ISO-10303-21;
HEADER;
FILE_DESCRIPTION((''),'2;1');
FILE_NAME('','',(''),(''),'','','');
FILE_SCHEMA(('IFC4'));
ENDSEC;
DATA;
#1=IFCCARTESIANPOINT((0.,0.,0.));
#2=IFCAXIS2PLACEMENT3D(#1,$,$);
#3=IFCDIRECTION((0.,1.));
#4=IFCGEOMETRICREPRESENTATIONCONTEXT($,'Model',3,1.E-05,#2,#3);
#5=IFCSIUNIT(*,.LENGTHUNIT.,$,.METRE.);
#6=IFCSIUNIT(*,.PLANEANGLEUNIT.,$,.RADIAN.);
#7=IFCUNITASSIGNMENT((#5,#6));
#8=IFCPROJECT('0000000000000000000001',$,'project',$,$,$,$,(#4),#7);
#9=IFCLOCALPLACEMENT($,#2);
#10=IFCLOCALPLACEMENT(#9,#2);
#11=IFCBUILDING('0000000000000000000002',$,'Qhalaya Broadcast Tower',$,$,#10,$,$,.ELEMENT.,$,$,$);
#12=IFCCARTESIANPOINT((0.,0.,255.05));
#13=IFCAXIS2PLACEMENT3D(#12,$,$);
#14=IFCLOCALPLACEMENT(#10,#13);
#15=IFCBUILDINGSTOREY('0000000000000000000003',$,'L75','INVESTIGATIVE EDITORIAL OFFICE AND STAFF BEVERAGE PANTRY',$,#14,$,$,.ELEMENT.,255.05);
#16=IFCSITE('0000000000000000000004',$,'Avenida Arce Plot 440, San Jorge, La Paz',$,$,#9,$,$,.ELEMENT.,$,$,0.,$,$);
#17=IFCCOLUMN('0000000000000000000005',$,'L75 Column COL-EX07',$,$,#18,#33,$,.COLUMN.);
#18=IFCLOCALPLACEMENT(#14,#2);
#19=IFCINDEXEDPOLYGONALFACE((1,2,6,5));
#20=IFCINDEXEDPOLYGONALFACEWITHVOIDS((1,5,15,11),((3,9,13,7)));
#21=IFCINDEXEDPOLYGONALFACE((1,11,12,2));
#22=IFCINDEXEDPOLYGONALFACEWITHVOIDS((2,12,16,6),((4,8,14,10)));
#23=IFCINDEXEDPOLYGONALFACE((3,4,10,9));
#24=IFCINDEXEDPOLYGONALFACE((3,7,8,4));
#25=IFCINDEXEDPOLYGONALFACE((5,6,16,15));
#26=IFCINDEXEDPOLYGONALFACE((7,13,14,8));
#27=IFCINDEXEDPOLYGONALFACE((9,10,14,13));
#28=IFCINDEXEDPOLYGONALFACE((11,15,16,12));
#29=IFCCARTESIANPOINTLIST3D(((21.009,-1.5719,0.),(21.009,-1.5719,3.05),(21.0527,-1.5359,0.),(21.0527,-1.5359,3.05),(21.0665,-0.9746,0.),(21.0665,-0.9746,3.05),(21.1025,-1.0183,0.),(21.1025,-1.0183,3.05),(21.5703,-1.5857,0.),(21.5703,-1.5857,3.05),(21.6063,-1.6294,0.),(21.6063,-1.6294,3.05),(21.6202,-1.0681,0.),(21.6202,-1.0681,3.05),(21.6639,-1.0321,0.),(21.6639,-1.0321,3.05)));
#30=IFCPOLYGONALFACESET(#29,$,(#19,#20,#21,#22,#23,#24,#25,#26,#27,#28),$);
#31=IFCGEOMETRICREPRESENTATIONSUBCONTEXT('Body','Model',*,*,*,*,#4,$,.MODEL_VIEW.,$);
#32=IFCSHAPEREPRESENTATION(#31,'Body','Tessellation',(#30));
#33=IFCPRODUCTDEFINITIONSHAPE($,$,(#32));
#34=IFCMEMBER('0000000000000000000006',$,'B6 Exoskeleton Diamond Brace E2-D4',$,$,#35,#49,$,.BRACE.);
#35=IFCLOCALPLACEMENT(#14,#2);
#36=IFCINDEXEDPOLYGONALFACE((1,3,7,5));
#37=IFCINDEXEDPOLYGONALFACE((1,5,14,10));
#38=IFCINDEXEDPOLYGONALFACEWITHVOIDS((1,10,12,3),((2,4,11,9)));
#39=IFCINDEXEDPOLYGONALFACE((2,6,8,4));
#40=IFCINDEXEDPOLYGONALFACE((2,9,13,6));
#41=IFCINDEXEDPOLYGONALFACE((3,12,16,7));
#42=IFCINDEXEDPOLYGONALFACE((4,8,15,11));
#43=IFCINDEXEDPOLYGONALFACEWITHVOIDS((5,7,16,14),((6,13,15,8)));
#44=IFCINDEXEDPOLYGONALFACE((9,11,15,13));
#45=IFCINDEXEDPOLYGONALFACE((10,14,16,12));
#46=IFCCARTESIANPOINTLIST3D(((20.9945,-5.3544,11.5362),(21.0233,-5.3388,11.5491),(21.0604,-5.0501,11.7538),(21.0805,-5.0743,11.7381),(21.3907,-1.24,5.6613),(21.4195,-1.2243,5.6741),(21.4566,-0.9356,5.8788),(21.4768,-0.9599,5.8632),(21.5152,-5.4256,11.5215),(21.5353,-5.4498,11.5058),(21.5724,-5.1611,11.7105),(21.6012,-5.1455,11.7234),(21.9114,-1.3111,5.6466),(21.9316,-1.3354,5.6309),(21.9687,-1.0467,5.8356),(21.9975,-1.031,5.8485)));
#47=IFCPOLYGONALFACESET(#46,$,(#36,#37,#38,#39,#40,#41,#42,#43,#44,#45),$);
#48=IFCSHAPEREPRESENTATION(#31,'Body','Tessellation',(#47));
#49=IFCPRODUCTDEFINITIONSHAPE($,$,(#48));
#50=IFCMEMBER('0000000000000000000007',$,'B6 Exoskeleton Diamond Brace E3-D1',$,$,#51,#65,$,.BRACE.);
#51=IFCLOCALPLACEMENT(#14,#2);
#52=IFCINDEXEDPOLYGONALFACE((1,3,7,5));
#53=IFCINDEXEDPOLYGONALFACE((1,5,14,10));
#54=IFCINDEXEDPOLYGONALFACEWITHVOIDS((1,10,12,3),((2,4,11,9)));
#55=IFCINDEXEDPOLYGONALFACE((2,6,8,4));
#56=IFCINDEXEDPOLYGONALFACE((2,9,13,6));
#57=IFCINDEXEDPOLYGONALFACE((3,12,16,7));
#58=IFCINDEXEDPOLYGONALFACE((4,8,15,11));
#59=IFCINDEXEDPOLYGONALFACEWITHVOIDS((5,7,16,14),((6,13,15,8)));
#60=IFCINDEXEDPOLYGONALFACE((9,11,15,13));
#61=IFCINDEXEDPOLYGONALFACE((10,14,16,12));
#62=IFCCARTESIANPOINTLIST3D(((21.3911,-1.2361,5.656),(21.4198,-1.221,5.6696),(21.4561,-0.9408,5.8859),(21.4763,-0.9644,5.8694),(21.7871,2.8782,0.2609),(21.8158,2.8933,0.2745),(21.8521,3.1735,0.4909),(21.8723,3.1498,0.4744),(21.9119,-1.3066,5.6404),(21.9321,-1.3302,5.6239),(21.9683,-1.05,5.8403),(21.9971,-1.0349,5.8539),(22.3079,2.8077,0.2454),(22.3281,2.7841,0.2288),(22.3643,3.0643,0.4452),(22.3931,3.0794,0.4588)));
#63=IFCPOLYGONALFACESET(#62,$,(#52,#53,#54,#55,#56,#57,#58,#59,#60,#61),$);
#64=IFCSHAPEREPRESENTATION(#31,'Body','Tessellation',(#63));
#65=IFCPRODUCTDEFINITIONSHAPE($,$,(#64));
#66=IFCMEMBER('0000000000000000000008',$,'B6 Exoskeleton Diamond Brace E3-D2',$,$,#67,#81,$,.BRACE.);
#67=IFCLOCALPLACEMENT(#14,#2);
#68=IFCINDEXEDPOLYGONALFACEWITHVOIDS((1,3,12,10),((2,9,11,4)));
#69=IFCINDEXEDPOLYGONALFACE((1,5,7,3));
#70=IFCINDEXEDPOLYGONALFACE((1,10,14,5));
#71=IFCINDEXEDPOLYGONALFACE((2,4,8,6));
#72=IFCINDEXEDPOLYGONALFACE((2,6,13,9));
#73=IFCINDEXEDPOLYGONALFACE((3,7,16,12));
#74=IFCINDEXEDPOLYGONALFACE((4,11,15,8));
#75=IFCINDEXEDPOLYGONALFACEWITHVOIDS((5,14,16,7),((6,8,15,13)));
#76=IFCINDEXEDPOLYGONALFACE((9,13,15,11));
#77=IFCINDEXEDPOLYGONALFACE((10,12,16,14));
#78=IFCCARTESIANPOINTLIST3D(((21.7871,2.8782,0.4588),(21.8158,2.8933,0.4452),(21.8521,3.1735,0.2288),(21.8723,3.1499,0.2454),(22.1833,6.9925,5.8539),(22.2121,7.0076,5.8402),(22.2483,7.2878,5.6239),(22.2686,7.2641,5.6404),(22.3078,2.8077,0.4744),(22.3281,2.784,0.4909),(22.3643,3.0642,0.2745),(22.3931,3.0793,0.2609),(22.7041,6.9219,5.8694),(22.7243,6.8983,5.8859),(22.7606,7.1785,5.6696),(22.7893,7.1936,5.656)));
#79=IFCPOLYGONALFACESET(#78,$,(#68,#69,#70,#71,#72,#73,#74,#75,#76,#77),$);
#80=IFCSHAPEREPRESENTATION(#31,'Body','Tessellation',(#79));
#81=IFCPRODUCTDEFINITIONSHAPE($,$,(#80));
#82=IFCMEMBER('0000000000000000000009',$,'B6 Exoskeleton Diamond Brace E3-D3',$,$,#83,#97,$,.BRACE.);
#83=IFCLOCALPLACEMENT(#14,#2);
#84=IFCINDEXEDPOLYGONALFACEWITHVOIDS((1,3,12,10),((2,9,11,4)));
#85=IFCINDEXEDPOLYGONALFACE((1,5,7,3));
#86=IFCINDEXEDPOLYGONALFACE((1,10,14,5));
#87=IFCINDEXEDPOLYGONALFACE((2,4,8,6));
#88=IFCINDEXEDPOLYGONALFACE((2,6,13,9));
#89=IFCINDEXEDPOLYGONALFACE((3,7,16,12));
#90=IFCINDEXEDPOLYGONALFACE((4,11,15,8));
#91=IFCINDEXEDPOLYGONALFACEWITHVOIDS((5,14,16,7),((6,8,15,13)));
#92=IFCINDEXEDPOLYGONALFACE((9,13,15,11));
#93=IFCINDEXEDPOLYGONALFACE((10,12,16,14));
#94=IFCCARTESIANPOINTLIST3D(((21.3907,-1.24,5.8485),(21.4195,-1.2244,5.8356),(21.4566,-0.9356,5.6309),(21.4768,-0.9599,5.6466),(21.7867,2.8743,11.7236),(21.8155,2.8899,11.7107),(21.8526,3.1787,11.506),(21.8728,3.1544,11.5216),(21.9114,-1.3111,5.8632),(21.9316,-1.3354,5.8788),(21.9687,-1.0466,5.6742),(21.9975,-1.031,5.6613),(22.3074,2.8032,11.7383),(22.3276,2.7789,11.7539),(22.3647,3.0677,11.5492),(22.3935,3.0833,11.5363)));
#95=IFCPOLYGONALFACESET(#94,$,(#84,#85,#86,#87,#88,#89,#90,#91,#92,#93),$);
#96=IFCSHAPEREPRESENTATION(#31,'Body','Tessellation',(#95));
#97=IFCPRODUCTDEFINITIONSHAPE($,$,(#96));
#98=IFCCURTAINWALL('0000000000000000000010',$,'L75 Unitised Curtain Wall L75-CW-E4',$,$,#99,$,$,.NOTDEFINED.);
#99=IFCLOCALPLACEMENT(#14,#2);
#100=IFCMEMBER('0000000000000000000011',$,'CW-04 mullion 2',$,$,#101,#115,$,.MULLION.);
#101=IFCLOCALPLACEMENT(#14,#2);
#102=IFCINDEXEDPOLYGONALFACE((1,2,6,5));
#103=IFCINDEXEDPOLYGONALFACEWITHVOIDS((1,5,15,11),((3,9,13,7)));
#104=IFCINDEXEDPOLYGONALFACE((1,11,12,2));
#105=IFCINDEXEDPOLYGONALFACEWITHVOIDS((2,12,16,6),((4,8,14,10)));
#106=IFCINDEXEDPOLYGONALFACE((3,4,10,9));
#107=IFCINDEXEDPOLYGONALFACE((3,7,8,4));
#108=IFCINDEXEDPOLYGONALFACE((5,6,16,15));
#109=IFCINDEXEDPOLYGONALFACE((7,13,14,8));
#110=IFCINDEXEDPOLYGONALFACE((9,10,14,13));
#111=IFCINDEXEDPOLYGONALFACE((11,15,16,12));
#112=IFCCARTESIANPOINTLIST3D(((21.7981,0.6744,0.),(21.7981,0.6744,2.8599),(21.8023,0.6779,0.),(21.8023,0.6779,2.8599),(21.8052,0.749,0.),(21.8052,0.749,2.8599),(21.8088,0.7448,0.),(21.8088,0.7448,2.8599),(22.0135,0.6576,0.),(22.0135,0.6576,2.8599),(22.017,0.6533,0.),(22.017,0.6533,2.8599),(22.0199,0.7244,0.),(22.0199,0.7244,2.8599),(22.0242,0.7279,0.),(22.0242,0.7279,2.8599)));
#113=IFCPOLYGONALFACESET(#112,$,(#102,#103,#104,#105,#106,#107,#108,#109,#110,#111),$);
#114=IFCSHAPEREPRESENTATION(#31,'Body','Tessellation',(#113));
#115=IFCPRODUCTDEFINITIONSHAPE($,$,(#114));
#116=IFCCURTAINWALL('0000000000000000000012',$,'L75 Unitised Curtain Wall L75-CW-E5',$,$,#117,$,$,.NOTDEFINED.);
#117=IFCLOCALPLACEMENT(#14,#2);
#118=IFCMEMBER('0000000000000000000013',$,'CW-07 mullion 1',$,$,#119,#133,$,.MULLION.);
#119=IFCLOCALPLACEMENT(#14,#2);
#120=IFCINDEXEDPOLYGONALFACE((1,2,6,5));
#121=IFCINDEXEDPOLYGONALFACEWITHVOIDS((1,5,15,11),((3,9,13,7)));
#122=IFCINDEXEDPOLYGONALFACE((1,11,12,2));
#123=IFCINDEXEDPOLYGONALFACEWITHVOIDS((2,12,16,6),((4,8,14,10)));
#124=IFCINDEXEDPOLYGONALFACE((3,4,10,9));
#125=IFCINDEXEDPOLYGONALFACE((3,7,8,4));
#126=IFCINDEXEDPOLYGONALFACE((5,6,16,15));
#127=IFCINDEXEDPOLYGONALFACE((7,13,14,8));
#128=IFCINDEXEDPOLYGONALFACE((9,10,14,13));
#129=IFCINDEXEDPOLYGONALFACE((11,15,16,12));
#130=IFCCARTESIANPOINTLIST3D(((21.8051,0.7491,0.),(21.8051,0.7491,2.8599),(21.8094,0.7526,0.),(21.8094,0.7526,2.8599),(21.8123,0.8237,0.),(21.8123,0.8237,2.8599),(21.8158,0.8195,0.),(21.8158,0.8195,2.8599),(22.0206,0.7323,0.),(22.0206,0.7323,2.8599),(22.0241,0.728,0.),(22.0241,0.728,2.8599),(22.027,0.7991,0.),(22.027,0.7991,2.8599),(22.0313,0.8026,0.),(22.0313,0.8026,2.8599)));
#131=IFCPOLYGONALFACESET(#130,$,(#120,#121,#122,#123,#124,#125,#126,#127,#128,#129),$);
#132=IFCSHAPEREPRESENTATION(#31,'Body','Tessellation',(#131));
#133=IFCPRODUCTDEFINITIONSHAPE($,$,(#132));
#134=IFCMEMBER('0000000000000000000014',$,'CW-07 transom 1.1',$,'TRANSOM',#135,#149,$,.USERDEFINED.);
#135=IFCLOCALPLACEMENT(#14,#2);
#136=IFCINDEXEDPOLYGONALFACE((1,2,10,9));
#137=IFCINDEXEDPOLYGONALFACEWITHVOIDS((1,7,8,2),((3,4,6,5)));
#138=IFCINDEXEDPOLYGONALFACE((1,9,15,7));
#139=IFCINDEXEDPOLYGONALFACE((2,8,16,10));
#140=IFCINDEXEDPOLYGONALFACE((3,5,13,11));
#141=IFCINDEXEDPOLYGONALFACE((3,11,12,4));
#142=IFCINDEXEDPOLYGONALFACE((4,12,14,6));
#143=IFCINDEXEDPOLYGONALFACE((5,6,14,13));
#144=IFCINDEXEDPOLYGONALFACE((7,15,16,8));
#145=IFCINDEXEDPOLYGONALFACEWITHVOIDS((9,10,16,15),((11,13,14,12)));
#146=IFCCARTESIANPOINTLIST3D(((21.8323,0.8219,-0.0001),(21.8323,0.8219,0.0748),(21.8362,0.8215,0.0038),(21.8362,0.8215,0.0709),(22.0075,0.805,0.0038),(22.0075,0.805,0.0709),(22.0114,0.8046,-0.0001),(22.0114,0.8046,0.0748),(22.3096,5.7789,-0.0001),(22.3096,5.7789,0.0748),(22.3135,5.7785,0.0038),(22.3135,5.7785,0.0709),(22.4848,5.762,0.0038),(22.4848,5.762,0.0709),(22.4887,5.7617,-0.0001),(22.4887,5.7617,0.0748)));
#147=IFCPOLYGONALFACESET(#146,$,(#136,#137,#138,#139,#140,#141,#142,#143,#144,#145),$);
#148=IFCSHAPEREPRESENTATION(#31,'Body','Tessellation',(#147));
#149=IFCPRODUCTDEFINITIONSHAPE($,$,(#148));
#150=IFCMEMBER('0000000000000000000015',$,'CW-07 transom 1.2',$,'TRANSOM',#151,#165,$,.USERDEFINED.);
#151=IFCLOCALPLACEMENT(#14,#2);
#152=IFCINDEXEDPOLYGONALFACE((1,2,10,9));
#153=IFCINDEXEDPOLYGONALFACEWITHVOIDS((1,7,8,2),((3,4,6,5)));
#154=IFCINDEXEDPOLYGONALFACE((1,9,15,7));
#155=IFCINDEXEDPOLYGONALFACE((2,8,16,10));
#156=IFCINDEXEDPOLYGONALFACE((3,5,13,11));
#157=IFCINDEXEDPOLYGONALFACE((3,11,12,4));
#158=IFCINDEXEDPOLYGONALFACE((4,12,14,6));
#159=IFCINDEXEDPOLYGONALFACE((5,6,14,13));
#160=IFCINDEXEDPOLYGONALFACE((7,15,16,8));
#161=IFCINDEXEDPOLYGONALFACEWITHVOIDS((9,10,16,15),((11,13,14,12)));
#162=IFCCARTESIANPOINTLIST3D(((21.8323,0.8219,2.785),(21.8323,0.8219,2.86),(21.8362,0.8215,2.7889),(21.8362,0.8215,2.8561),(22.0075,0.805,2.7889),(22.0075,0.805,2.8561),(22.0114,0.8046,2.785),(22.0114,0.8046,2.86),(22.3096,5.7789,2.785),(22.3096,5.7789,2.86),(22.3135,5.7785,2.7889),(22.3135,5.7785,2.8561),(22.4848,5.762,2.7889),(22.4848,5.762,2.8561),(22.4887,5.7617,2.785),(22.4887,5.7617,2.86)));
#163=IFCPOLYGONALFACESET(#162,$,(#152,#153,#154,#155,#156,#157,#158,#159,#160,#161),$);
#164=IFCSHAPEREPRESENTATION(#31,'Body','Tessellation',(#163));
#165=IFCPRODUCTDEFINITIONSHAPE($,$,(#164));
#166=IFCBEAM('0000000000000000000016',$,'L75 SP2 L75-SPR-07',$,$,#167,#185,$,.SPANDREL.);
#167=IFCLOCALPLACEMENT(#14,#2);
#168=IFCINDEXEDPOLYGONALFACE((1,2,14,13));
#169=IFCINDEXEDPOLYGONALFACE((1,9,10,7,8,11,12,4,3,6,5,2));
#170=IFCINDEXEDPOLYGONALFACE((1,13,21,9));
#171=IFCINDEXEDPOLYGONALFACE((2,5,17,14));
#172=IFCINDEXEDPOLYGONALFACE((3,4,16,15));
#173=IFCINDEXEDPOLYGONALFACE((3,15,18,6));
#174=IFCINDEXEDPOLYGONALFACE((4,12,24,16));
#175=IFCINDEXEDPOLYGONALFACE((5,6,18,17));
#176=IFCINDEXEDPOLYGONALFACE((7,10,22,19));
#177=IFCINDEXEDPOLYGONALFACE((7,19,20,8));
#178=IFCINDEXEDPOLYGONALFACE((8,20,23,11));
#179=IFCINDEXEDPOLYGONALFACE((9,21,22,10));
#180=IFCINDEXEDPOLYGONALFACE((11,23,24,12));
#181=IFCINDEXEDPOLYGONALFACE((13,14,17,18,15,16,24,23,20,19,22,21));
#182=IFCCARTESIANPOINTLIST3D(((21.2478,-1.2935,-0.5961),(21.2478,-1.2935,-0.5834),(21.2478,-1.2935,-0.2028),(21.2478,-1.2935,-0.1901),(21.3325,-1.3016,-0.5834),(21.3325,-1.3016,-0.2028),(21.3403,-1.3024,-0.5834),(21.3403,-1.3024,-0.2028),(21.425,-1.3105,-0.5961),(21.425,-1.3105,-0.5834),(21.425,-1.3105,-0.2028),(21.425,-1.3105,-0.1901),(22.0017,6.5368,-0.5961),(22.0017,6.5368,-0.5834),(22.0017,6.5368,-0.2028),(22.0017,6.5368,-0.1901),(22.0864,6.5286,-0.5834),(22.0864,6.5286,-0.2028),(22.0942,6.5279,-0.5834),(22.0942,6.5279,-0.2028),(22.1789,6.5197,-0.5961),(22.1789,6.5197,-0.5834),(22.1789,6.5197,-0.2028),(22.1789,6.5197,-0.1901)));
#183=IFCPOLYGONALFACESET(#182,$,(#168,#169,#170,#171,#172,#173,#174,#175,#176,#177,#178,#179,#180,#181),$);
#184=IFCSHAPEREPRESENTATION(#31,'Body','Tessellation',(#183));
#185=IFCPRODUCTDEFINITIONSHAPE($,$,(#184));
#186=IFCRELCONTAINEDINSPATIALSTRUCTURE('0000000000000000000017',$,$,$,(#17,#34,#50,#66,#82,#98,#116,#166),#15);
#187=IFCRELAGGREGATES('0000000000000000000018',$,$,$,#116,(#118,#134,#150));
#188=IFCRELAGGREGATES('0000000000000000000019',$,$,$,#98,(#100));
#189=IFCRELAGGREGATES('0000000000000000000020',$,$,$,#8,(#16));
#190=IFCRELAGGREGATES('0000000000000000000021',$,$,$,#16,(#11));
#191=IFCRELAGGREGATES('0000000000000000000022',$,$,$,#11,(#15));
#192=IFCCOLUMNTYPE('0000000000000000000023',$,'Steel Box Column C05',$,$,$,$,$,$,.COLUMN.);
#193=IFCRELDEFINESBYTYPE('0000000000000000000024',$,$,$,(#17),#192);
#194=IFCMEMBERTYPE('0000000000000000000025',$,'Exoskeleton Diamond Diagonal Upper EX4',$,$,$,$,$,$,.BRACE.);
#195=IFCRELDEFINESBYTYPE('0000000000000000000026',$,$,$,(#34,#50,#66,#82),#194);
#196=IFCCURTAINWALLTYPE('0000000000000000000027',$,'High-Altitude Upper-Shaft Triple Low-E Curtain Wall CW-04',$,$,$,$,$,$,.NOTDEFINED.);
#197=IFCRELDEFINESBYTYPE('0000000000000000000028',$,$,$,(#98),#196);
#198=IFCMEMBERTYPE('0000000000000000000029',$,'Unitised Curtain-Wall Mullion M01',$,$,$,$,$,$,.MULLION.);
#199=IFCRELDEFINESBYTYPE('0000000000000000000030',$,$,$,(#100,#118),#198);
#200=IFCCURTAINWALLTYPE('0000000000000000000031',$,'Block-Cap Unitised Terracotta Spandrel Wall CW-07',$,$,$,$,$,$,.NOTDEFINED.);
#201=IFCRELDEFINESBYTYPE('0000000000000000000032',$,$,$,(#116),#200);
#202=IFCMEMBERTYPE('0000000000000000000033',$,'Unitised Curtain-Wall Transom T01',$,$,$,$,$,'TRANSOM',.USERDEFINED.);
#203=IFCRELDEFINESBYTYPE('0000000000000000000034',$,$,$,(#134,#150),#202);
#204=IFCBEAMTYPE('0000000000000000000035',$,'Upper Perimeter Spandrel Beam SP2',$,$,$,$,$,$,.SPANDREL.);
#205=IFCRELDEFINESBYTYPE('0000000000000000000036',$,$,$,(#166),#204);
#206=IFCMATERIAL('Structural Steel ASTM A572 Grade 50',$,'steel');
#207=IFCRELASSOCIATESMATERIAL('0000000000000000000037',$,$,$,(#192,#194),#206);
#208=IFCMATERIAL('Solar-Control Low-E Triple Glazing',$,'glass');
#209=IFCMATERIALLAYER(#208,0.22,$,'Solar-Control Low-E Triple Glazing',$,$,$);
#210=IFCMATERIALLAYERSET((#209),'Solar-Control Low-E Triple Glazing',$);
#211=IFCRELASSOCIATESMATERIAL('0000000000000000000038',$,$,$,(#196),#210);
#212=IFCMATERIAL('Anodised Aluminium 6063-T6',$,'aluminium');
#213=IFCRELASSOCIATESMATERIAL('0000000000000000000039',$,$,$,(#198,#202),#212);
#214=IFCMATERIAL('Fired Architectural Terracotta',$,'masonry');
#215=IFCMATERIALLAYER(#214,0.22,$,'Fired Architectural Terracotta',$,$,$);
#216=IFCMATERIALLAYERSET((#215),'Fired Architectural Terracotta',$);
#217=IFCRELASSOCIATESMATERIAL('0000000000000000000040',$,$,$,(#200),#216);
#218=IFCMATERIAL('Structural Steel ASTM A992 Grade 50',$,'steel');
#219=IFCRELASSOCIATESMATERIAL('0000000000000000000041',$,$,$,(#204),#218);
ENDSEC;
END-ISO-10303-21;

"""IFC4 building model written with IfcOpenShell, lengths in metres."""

from ifc_helpers import new_model, si_unit, direction, frame, origin, origin_2d, place, context, subcontext, project, spatial, hollow_rectangle, i_section, extrude, material, layer, layer_set, material_profile, profile_set, type_object, element, aggregate, save


model = new_model("IFC4")

# Units and contexts
model_context = context("Model", 3, precision=1e-05, world=origin(), true_north=direction((0.0, 1.0)))
body_context = subcontext(model_context, "Body", "Model", "MODEL_VIEW")
ifc_project = project(units=[si_unit("LENGTHUNIT", "METRE"), si_unit("PLANEANGLEUNIT", "RADIAN")], contexts=[model_context])

# Site, building, storey
site_placement = place(None, origin())
site = spatial("IfcSite", under=ifc_project, at=site_placement, Name="Avenida Arce Plot 440, San Jorge, La Paz", CompositionType="ELEMENT", RefElevation=0.0)
building_placement = place(site_placement, origin())
building = spatial("IfcBuilding", under=site, at=building_placement, Name="Qhalaya Broadcast Tower", CompositionType="ELEMENT")
storey_placement = place(building_placement, frame((0.0, 0.0, 255.05)))
storey = spatial("IfcBuildingStorey", under=building, at=storey_placement, Name="L75", Description="INVESTIGATIVE EDITORIAL OFFICE AND STAFF BEVERAGE PANTRY", CompositionType="ELEMENT", Elevation=255.05)

# Column
ifc_material_1 = material(Name="Structural Steel ASTM A572 Grade 50", Category="steel")
ifc_material_profile_1 = material_profile(ifc_material_1, hollow_rectangle(XDim=0.6001, YDim=0.6001, WallThickness=0.04, at=origin_2d()), Name="BOX 600x600x40")
ifc_profile_set_1 = profile_set([ifc_material_profile_1], Name="Structural Steel ASTM A572 Grade 50")
column_type = type_object("IfcColumnType", Name="Steel Box Column C05", PredefinedType="COLUMN", material=ifc_profile_set_1)
column_placement = place(storey_placement, frame((21.3364, -1.302, 0.0), z_axis=(0.0, 0.0, 1.0), x_axis=(0.095846, 0.995396, 0.0)))
element("IfcColumn", 1, at=column_placement, inside=storey, type_object=column_type, Name="L75 Column COL-EX07", PredefinedType="COLUMN", context=body_context, shape_type="SweptSolid", body=[
    extrude(hollow_rectangle(XDim=0.6001, YDim=0.6001, WallThickness=0.04, at=origin_2d()), origin(), (0.0, 0.0, 1.0), 3.05),
])

# Members
ifc_material_profile_2 = material_profile(ifc_material_1, hollow_rectangle(XDim=0.3799, YDim=0.55, WallThickness=0.0249, at=origin_2d()), Name="BOX 380x550x25")
ifc_profile_set_2 = profile_set([ifc_material_profile_2], Name="Structural Steel ASTM A572 Grade 50")
member_type_1 = type_object("IfcMemberType", Name="Exoskeleton Diamond Diagonal Upper EX4", PredefinedType="BRACE", material=ifc_profile_set_2)
member_1_placement = place(storey_placement, frame((21.6941, -1.1355, 5.7549), z_axis=(-0.05516, -0.572776, 0.817854), x_axis=(0.173443, 0.801152, 0.572777)))
element("IfcMember", 2, at=member_1_placement, inside=storey, type_object=member_type_1, Name="B6 Exoskeleton Diamond Brace E2-D4", PredefinedType="BRACE", context=body_context, shape_type="SweptSolid", body=[
    extrude(hollow_rectangle(XDim=0.3799, YDim=0.55, WallThickness=0.0249, at=origin_2d()), origin(), (0.0, 0.0, 1.0), 7.1833),
])
for number, where, z_axis, x_axis, name in (
    (3, (22.0901, 2.9788, 0.3599), (-0.058266, -0.605364, 0.793813), (0.171108, 0.777341, 0.605362), "B6 Exoskeleton Diamond Brace E3-D1"),
    (4, (22.0901, 2.9788, 0.3599), (0.058302, 0.605363, 0.793811), (-0.171153, -0.777329, 0.605364), "B6 Exoskeleton Diamond Brace E3-D2"),
):
    element("IfcMember", number, at=place(storey_placement, frame(where, z_axis=z_axis, x_axis=x_axis)), inside=storey, type_object=member_type_1, Name=name, PredefinedType="BRACE", context=body_context, shape_type="SweptSolid", body=[
        extrude(hollow_rectangle(XDim=0.3799, YDim=0.55, WallThickness=0.0249, at=origin_2d()), origin(), (0.0, 0.0, 1.0), 6.7964),
    ])
member_2_placement = place(storey_placement, frame((21.6941, -1.1355, 5.7549), z_axis=(0.055127, 0.572755, 0.817871), x_axis=(-0.173402, -0.801178, 0.572752)))
element("IfcMember", 5, at=member_2_placement, inside=storey, type_object=member_type_1, Name="B6 Exoskeleton Diamond Brace E3-D3", PredefinedType="BRACE", context=body_context, shape_type="SweptSolid", body=[
    extrude(hollow_rectangle(XDim=0.3799, YDim=0.55, WallThickness=0.0249, at=origin_2d()), origin(), (0.0, 0.0, 1.0), 7.1833),
])

# Curtain wall, member
ifc_material_2 = material(Name="Solar-Control Low-E Triple Glazing", Category="glass")
ifc_layer_1 = layer(ifc_material_2, 0.22, Name="Solar-Control Low-E Triple Glazing")
ifc_layer_set_1 = layer_set([ifc_layer_1], Name="Solar-Control Low-E Triple Glazing")
curtain_wall_type_1 = type_object("IfcCurtainWallType", Name="High-Altitude Upper-Shaft Triple Low-E Curtain Wall CW-04", PredefinedType="NOTDEFINED", material=ifc_layer_set_1)
curtain_wall_1_placement = place(storey_placement, origin())
curtain_wall_1 = element("IfcCurtainWall", 6, at=curtain_wall_1_placement, inside=storey, type_object=curtain_wall_type_1, Name="L75 Unitised Curtain Wall L75-CW-E4", PredefinedType="NOTDEFINED")
ifc_material_3 = material(Name="Anodised Aluminium 6063-T6", Category="aluminium")
ifc_material_profile_3 = material_profile(ifc_material_3, hollow_rectangle(XDim=0.075, YDim=0.22, WallThickness=0.0039, at=origin_2d()), Name="ALU-MUL 75x220x4")
ifc_profile_set_3 = profile_set([ifc_material_profile_3], Name="Anodised Aluminium 6063-T6")
member_type_2 = type_object("IfcMemberType", Name="Unitised Curtain-Wall Mullion M01", PredefinedType="MULLION", material=ifc_profile_set_3)
member_3_placement = place(storey_placement, frame((21.9111, 0.7012, 0.0), z_axis=(0.0, 0.0, 1.0), x_axis=(0.09584, 0.995397, 0.0)))
member_3 = element("IfcMember", 7, at=member_3_placement, type_object=member_type_2, Name="CW-04 mullion 2", PredefinedType="MULLION", context=body_context, shape_type="SweptSolid", body=[
    extrude(hollow_rectangle(XDim=0.075, YDim=0.22, WallThickness=0.0039, at=origin_2d()), origin(), (0.0, 0.0, 1.0), 2.8599),
])

# Curtain wall, members
ifc_material_4 = material(Name="Fired Architectural Terracotta", Category="masonry")
ifc_layer_2 = layer(ifc_material_4, 0.22, Name="Fired Architectural Terracotta")
ifc_layer_set_2 = layer_set([ifc_layer_2], Name="Fired Architectural Terracotta")
curtain_wall_type_2 = type_object("IfcCurtainWallType", Name="Block-Cap Unitised Terracotta Spandrel Wall CW-07", PredefinedType="NOTDEFINED", material=ifc_layer_set_2)
curtain_wall_2_placement = place(storey_placement, origin())
curtain_wall_2 = element("IfcCurtainWall", 8, at=curtain_wall_2_placement, inside=storey, type_object=curtain_wall_type_2, Name="L75 Unitised Curtain Wall L75-CW-E5", PredefinedType="NOTDEFINED")
member_4_placement = place(storey_placement, frame((21.9182, 0.7759, 0.0), z_axis=(0.0, 0.0, 1.0), x_axis=(0.095848, 0.995396, 0.0)))
member_4 = element("IfcMember", 9, at=member_4_placement, type_object=member_type_2, Name="CW-07 mullion 1", PredefinedType="MULLION", context=body_context, shape_type="SweptSolid", body=[
    extrude(hollow_rectangle(XDim=0.075, YDim=0.22, WallThickness=0.0039, at=origin_2d()), origin(), (0.0, 0.0, 1.0), 2.8599),
])
ifc_material_profile_4 = material_profile(ifc_material_3, hollow_rectangle(XDim=0.075, YDim=0.1799, WallThickness=0.0039, at=origin_2d()), Name="ALU-TRN 75x180x4")
ifc_profile_set_4 = profile_set([ifc_material_profile_4], Name="Anodised Aluminium 6063-T6")
member_type_3 = type_object("IfcMemberType", Name="Unitised Curtain-Wall Transom T01", ElementType="TRANSOM", PredefinedType="USERDEFINED", material=ifc_profile_set_4)
member_5_placement = place(storey_placement, frame((21.9219, 0.8132, 0.0374), z_axis=(0.095843, 0.995396, 0.0), x_axis=(0.0, 0.0, 1.0)))
member_5 = element("IfcMember", 10, at=member_5_placement, type_object=member_type_3, Name="CW-07 transom 1.1", ObjectType="TRANSOM", PredefinedType="USERDEFINED", context=body_context, shape_type="SweptSolid", body=[
    extrude(hollow_rectangle(XDim=0.075, YDim=0.1799, WallThickness=0.0039, at=origin_2d()), origin(), (0.0, 0.0, 1.0), 4.98),
])
member_6_placement = place(storey_placement, frame((21.9219, 0.8132, 2.8225), z_axis=(0.095843, 0.995396, 0.0), x_axis=(0.0, 0.0, 1.0)))
member_6 = element("IfcMember", 11, at=member_6_placement, type_object=member_type_3, Name="CW-07 transom 1.2", ObjectType="TRANSOM", PredefinedType="USERDEFINED", context=body_context, shape_type="SweptSolid", body=[
    extrude(hollow_rectangle(XDim=0.075, YDim=0.1799, WallThickness=0.0039, at=origin_2d()), origin(), (0.0, 0.0, 1.0), 4.98),
])

# Beam
ifc_material_5 = material(Name="Structural Steel ASTM A992 Grade 50", Category="steel")
ifc_material_profile_5 = material_profile(ifc_material_5, i_section(OverallWidth=0.178, OverallDepth=0.406, WebThickness=0.0078, FlangeThickness=0.0127, at=origin_2d()), Name="W16X40")
ifc_profile_set_5 = profile_set([ifc_material_profile_5], Name="Structural Steel ASTM A992 Grade 50")
beam_type = type_object("IfcBeamType", Name="Upper Perimeter Spandrel Beam SP2", PredefinedType="SPANDREL", material=ifc_profile_set_5)
beam_placement = place(storey_placement, frame((21.3364, -1.302, -0.3931), z_axis=(0.095837, 0.995397, 0.0), x_axis=(-0.995397, 0.095837, 0.0)))
element("IfcBeam", 12, at=beam_placement, inside=storey, type_object=beam_type, Name="L75 SP2 L75-SPR-07", PredefinedType="SPANDREL", context=body_context, shape_type="SweptSolid", body=[
    extrude(i_section(OverallWidth=0.178, OverallDepth=0.406, WebThickness=0.0078, FlangeThickness=0.0127, at=origin_2d()), origin(), (0.0, 0.0, 1.0), 7.8665),
])

aggregate(curtain_wall_2, [member_4, member_5, member_6])
aggregate(curtain_wall_1, [member_3])

save(model, "model.ifc")
